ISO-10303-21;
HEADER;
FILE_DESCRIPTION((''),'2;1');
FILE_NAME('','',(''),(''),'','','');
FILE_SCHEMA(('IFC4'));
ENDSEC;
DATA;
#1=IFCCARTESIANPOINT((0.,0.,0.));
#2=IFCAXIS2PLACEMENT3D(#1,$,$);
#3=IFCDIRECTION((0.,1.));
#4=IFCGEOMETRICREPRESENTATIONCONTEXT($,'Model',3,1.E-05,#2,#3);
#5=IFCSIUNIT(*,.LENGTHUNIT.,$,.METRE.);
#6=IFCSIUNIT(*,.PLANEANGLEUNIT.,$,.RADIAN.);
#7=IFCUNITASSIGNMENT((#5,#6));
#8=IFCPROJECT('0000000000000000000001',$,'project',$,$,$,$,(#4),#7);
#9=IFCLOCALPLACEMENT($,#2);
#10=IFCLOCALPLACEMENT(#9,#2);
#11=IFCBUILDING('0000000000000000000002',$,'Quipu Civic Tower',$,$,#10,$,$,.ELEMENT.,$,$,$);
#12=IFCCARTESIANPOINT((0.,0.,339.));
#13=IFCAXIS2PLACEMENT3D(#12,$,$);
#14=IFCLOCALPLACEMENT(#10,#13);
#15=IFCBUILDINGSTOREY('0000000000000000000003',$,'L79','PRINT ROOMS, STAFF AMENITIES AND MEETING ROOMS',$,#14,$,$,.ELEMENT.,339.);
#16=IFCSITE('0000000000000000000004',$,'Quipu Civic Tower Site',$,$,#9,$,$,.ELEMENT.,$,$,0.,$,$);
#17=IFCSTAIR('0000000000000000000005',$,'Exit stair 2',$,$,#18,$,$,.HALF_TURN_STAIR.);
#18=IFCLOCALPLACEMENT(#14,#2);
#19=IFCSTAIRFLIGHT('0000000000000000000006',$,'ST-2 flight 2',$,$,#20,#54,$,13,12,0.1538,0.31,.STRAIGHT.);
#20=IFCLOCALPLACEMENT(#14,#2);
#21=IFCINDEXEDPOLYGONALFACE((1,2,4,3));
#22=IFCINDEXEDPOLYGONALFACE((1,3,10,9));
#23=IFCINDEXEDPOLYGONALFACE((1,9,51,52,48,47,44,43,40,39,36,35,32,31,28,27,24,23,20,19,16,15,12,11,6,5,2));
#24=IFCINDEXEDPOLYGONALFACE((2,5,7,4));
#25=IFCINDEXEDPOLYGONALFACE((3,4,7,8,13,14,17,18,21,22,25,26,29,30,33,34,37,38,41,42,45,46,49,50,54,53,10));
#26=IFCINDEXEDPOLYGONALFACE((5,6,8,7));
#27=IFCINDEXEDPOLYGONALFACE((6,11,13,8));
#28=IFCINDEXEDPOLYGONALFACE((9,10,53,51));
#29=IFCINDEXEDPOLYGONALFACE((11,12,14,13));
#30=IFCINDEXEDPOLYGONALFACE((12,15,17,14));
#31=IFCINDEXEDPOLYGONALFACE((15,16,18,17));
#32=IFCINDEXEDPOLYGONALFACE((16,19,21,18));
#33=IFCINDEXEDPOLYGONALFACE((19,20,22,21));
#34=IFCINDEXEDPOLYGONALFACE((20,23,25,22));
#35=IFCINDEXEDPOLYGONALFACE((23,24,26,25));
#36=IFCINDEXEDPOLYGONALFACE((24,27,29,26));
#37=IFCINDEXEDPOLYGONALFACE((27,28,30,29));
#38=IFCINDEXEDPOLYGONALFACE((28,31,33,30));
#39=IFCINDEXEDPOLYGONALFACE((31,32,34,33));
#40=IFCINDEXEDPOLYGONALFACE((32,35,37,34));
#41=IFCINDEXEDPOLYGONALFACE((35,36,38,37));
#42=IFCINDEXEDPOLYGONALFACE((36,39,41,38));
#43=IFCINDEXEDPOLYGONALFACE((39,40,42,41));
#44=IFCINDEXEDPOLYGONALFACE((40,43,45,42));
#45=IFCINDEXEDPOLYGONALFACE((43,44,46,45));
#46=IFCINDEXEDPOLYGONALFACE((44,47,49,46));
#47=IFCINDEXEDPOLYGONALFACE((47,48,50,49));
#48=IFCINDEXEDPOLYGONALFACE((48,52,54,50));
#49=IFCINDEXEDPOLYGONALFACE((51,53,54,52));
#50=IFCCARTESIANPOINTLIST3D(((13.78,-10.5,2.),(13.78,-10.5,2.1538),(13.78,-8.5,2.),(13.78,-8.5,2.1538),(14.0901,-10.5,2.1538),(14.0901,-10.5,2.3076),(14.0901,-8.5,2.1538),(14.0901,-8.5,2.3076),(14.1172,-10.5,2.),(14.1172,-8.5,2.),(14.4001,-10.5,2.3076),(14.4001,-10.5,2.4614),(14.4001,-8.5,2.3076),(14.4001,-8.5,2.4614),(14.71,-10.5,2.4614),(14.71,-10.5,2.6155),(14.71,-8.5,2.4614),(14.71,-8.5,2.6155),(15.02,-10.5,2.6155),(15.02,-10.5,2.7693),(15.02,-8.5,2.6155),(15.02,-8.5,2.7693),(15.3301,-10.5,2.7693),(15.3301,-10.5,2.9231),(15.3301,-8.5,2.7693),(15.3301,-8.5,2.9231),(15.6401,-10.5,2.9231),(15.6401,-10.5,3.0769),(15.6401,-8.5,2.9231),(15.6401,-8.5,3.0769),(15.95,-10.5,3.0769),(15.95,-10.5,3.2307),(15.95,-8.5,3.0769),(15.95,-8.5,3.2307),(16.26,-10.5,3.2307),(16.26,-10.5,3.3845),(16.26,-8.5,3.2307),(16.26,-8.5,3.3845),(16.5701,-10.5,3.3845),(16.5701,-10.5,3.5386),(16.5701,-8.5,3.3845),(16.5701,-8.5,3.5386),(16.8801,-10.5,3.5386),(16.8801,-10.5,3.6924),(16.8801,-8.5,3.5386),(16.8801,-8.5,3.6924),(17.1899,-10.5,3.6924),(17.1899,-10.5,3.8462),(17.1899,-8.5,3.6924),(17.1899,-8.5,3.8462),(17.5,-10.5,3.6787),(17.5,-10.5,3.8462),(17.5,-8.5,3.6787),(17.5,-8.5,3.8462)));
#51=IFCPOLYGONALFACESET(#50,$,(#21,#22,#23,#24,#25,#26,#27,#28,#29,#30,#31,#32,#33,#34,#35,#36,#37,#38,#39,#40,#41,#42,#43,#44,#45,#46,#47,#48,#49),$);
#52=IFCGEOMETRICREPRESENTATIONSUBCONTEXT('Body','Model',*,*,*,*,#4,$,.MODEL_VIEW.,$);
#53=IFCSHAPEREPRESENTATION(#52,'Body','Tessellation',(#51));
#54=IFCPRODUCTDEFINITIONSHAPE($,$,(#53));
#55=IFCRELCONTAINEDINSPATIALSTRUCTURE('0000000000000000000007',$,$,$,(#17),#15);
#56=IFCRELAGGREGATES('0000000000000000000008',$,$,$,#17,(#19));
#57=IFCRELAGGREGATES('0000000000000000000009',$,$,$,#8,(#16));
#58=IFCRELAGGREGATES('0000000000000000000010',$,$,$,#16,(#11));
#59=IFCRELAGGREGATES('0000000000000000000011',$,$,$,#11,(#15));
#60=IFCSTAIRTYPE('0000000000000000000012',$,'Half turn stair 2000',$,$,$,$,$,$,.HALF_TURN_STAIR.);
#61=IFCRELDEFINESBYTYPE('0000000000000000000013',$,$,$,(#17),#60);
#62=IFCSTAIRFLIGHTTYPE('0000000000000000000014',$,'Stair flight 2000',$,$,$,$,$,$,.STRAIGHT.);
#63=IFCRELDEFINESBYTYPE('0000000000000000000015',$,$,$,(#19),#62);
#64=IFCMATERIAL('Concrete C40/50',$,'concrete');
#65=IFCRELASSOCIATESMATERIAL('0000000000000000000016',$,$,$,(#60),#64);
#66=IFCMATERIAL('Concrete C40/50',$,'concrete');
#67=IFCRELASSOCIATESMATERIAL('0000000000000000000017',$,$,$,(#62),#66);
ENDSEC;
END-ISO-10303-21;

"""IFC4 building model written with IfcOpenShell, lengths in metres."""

from ifc_helpers import new_model, si_unit, direction, frame, origin, place, context, subcontext, project, spatial, polyline, outline, extrude, material, type_object, element, aggregate, save


model = new_model("IFC4")

# Units and contexts
model_context = context("Model", 3, precision=1e-05, world=origin(), true_north=direction((0.0, 1.0)))
body_context = subcontext(model_context, "Body", "Model", "MODEL_VIEW")
ifc_project = project(units=[si_unit("LENGTHUNIT", "METRE"), si_unit("PLANEANGLEUNIT", "RADIAN")], contexts=[model_context])

# Site, building, storey
site_placement = place(None, origin())
site = spatial("IfcSite", under=ifc_project, at=site_placement, Name="Quipu Civic Tower Site", CompositionType="ELEMENT", RefElevation=0.0)
building_placement = place(site_placement, origin())
building = spatial("IfcBuilding", under=site, at=building_placement, Name="Quipu Civic Tower", CompositionType="ELEMENT")
storey_placement = place(building_placement, frame((0.0, 0.0, 339.0)))
storey = spatial("IfcBuildingStorey", under=building, at=storey_placement, Name="L79", Description="PRINT ROOMS, STAFF AMENITIES AND MEETING ROOMS", CompositionType="ELEMENT", Elevation=339.0)

# Stair, stair flight
ifc_material_1 = material(Name="Concrete C40/50", Category="concrete")
stair_type = type_object("IfcStairType", Name="Half turn stair 2000", PredefinedType="HALF_TURN_STAIR", material=ifc_material_1)
stair_placement = place(storey_placement, origin())
stair = element("IfcStair", 1, at=stair_placement, inside=storey, type_object=stair_type, Name="Exit stair 2", PredefinedType="HALF_TURN_STAIR")
ifc_material_2 = material(Name="Concrete C40/50", Category="concrete")
stair_flight_type = type_object("IfcStairFlightType", Name="Stair flight 2000", PredefinedType="STRAIGHT", material=ifc_material_2)
stair_flight_1_placement = place(storey_placement, frame((13.78, -9.5, 2.0), z_axis=(0.0, 0.0, 1.0), x_axis=(1.0, 0.0, 0.0)))
stair_flight_1 = element("IfcStairFlight", 2, at=stair_flight_1_placement, type_object=stair_flight_type, Name="ST-2 flight 2", NumberOfRisers=13, NumberOfTreads=12, PredefinedType="STRAIGHT", RiserHeight=0.1538, TreadLength=0.31, context=body_context, shape_type="SweptSolid", body=[
    extrude(outline(polyline([(0.0, 0.0), (0.0, 0.1538), (0.3101, 0.1538), (0.3101, 0.3076), (0.6201, 0.3076), (0.6201, 0.4614), (0.9299, 0.4614), (0.9299, 0.6155), (1.24, 0.6155), (1.24, 0.7693), (1.55, 0.7693), (1.55, 0.9231), (1.8601, 0.9231), (1.8601, 1.0769), (2.1699, 1.0769), (2.1699, 1.2307), (2.48, 1.2307), (2.48, 1.3845), (2.79, 1.3845), (2.79, 1.5386), (3.1001, 1.5386), (3.1001, 1.6924), (3.4099, 1.6924), (3.4099, 1.8462), (3.72, 1.8462), (3.72, 2.0), (3.72, 1.6787), (0.3372, 0.0), (0.0, 0.0)])), frame((0.0, 1.0, 0.0), z_axis=(0.0, -1.0, 0.0), x_axis=(1.0, 0.0, 0.0)), (0.0, 0.0, 1.0), 2.0),
])
aggregate(stair, [stair_flight_1])

save(model, "model.ifc")
